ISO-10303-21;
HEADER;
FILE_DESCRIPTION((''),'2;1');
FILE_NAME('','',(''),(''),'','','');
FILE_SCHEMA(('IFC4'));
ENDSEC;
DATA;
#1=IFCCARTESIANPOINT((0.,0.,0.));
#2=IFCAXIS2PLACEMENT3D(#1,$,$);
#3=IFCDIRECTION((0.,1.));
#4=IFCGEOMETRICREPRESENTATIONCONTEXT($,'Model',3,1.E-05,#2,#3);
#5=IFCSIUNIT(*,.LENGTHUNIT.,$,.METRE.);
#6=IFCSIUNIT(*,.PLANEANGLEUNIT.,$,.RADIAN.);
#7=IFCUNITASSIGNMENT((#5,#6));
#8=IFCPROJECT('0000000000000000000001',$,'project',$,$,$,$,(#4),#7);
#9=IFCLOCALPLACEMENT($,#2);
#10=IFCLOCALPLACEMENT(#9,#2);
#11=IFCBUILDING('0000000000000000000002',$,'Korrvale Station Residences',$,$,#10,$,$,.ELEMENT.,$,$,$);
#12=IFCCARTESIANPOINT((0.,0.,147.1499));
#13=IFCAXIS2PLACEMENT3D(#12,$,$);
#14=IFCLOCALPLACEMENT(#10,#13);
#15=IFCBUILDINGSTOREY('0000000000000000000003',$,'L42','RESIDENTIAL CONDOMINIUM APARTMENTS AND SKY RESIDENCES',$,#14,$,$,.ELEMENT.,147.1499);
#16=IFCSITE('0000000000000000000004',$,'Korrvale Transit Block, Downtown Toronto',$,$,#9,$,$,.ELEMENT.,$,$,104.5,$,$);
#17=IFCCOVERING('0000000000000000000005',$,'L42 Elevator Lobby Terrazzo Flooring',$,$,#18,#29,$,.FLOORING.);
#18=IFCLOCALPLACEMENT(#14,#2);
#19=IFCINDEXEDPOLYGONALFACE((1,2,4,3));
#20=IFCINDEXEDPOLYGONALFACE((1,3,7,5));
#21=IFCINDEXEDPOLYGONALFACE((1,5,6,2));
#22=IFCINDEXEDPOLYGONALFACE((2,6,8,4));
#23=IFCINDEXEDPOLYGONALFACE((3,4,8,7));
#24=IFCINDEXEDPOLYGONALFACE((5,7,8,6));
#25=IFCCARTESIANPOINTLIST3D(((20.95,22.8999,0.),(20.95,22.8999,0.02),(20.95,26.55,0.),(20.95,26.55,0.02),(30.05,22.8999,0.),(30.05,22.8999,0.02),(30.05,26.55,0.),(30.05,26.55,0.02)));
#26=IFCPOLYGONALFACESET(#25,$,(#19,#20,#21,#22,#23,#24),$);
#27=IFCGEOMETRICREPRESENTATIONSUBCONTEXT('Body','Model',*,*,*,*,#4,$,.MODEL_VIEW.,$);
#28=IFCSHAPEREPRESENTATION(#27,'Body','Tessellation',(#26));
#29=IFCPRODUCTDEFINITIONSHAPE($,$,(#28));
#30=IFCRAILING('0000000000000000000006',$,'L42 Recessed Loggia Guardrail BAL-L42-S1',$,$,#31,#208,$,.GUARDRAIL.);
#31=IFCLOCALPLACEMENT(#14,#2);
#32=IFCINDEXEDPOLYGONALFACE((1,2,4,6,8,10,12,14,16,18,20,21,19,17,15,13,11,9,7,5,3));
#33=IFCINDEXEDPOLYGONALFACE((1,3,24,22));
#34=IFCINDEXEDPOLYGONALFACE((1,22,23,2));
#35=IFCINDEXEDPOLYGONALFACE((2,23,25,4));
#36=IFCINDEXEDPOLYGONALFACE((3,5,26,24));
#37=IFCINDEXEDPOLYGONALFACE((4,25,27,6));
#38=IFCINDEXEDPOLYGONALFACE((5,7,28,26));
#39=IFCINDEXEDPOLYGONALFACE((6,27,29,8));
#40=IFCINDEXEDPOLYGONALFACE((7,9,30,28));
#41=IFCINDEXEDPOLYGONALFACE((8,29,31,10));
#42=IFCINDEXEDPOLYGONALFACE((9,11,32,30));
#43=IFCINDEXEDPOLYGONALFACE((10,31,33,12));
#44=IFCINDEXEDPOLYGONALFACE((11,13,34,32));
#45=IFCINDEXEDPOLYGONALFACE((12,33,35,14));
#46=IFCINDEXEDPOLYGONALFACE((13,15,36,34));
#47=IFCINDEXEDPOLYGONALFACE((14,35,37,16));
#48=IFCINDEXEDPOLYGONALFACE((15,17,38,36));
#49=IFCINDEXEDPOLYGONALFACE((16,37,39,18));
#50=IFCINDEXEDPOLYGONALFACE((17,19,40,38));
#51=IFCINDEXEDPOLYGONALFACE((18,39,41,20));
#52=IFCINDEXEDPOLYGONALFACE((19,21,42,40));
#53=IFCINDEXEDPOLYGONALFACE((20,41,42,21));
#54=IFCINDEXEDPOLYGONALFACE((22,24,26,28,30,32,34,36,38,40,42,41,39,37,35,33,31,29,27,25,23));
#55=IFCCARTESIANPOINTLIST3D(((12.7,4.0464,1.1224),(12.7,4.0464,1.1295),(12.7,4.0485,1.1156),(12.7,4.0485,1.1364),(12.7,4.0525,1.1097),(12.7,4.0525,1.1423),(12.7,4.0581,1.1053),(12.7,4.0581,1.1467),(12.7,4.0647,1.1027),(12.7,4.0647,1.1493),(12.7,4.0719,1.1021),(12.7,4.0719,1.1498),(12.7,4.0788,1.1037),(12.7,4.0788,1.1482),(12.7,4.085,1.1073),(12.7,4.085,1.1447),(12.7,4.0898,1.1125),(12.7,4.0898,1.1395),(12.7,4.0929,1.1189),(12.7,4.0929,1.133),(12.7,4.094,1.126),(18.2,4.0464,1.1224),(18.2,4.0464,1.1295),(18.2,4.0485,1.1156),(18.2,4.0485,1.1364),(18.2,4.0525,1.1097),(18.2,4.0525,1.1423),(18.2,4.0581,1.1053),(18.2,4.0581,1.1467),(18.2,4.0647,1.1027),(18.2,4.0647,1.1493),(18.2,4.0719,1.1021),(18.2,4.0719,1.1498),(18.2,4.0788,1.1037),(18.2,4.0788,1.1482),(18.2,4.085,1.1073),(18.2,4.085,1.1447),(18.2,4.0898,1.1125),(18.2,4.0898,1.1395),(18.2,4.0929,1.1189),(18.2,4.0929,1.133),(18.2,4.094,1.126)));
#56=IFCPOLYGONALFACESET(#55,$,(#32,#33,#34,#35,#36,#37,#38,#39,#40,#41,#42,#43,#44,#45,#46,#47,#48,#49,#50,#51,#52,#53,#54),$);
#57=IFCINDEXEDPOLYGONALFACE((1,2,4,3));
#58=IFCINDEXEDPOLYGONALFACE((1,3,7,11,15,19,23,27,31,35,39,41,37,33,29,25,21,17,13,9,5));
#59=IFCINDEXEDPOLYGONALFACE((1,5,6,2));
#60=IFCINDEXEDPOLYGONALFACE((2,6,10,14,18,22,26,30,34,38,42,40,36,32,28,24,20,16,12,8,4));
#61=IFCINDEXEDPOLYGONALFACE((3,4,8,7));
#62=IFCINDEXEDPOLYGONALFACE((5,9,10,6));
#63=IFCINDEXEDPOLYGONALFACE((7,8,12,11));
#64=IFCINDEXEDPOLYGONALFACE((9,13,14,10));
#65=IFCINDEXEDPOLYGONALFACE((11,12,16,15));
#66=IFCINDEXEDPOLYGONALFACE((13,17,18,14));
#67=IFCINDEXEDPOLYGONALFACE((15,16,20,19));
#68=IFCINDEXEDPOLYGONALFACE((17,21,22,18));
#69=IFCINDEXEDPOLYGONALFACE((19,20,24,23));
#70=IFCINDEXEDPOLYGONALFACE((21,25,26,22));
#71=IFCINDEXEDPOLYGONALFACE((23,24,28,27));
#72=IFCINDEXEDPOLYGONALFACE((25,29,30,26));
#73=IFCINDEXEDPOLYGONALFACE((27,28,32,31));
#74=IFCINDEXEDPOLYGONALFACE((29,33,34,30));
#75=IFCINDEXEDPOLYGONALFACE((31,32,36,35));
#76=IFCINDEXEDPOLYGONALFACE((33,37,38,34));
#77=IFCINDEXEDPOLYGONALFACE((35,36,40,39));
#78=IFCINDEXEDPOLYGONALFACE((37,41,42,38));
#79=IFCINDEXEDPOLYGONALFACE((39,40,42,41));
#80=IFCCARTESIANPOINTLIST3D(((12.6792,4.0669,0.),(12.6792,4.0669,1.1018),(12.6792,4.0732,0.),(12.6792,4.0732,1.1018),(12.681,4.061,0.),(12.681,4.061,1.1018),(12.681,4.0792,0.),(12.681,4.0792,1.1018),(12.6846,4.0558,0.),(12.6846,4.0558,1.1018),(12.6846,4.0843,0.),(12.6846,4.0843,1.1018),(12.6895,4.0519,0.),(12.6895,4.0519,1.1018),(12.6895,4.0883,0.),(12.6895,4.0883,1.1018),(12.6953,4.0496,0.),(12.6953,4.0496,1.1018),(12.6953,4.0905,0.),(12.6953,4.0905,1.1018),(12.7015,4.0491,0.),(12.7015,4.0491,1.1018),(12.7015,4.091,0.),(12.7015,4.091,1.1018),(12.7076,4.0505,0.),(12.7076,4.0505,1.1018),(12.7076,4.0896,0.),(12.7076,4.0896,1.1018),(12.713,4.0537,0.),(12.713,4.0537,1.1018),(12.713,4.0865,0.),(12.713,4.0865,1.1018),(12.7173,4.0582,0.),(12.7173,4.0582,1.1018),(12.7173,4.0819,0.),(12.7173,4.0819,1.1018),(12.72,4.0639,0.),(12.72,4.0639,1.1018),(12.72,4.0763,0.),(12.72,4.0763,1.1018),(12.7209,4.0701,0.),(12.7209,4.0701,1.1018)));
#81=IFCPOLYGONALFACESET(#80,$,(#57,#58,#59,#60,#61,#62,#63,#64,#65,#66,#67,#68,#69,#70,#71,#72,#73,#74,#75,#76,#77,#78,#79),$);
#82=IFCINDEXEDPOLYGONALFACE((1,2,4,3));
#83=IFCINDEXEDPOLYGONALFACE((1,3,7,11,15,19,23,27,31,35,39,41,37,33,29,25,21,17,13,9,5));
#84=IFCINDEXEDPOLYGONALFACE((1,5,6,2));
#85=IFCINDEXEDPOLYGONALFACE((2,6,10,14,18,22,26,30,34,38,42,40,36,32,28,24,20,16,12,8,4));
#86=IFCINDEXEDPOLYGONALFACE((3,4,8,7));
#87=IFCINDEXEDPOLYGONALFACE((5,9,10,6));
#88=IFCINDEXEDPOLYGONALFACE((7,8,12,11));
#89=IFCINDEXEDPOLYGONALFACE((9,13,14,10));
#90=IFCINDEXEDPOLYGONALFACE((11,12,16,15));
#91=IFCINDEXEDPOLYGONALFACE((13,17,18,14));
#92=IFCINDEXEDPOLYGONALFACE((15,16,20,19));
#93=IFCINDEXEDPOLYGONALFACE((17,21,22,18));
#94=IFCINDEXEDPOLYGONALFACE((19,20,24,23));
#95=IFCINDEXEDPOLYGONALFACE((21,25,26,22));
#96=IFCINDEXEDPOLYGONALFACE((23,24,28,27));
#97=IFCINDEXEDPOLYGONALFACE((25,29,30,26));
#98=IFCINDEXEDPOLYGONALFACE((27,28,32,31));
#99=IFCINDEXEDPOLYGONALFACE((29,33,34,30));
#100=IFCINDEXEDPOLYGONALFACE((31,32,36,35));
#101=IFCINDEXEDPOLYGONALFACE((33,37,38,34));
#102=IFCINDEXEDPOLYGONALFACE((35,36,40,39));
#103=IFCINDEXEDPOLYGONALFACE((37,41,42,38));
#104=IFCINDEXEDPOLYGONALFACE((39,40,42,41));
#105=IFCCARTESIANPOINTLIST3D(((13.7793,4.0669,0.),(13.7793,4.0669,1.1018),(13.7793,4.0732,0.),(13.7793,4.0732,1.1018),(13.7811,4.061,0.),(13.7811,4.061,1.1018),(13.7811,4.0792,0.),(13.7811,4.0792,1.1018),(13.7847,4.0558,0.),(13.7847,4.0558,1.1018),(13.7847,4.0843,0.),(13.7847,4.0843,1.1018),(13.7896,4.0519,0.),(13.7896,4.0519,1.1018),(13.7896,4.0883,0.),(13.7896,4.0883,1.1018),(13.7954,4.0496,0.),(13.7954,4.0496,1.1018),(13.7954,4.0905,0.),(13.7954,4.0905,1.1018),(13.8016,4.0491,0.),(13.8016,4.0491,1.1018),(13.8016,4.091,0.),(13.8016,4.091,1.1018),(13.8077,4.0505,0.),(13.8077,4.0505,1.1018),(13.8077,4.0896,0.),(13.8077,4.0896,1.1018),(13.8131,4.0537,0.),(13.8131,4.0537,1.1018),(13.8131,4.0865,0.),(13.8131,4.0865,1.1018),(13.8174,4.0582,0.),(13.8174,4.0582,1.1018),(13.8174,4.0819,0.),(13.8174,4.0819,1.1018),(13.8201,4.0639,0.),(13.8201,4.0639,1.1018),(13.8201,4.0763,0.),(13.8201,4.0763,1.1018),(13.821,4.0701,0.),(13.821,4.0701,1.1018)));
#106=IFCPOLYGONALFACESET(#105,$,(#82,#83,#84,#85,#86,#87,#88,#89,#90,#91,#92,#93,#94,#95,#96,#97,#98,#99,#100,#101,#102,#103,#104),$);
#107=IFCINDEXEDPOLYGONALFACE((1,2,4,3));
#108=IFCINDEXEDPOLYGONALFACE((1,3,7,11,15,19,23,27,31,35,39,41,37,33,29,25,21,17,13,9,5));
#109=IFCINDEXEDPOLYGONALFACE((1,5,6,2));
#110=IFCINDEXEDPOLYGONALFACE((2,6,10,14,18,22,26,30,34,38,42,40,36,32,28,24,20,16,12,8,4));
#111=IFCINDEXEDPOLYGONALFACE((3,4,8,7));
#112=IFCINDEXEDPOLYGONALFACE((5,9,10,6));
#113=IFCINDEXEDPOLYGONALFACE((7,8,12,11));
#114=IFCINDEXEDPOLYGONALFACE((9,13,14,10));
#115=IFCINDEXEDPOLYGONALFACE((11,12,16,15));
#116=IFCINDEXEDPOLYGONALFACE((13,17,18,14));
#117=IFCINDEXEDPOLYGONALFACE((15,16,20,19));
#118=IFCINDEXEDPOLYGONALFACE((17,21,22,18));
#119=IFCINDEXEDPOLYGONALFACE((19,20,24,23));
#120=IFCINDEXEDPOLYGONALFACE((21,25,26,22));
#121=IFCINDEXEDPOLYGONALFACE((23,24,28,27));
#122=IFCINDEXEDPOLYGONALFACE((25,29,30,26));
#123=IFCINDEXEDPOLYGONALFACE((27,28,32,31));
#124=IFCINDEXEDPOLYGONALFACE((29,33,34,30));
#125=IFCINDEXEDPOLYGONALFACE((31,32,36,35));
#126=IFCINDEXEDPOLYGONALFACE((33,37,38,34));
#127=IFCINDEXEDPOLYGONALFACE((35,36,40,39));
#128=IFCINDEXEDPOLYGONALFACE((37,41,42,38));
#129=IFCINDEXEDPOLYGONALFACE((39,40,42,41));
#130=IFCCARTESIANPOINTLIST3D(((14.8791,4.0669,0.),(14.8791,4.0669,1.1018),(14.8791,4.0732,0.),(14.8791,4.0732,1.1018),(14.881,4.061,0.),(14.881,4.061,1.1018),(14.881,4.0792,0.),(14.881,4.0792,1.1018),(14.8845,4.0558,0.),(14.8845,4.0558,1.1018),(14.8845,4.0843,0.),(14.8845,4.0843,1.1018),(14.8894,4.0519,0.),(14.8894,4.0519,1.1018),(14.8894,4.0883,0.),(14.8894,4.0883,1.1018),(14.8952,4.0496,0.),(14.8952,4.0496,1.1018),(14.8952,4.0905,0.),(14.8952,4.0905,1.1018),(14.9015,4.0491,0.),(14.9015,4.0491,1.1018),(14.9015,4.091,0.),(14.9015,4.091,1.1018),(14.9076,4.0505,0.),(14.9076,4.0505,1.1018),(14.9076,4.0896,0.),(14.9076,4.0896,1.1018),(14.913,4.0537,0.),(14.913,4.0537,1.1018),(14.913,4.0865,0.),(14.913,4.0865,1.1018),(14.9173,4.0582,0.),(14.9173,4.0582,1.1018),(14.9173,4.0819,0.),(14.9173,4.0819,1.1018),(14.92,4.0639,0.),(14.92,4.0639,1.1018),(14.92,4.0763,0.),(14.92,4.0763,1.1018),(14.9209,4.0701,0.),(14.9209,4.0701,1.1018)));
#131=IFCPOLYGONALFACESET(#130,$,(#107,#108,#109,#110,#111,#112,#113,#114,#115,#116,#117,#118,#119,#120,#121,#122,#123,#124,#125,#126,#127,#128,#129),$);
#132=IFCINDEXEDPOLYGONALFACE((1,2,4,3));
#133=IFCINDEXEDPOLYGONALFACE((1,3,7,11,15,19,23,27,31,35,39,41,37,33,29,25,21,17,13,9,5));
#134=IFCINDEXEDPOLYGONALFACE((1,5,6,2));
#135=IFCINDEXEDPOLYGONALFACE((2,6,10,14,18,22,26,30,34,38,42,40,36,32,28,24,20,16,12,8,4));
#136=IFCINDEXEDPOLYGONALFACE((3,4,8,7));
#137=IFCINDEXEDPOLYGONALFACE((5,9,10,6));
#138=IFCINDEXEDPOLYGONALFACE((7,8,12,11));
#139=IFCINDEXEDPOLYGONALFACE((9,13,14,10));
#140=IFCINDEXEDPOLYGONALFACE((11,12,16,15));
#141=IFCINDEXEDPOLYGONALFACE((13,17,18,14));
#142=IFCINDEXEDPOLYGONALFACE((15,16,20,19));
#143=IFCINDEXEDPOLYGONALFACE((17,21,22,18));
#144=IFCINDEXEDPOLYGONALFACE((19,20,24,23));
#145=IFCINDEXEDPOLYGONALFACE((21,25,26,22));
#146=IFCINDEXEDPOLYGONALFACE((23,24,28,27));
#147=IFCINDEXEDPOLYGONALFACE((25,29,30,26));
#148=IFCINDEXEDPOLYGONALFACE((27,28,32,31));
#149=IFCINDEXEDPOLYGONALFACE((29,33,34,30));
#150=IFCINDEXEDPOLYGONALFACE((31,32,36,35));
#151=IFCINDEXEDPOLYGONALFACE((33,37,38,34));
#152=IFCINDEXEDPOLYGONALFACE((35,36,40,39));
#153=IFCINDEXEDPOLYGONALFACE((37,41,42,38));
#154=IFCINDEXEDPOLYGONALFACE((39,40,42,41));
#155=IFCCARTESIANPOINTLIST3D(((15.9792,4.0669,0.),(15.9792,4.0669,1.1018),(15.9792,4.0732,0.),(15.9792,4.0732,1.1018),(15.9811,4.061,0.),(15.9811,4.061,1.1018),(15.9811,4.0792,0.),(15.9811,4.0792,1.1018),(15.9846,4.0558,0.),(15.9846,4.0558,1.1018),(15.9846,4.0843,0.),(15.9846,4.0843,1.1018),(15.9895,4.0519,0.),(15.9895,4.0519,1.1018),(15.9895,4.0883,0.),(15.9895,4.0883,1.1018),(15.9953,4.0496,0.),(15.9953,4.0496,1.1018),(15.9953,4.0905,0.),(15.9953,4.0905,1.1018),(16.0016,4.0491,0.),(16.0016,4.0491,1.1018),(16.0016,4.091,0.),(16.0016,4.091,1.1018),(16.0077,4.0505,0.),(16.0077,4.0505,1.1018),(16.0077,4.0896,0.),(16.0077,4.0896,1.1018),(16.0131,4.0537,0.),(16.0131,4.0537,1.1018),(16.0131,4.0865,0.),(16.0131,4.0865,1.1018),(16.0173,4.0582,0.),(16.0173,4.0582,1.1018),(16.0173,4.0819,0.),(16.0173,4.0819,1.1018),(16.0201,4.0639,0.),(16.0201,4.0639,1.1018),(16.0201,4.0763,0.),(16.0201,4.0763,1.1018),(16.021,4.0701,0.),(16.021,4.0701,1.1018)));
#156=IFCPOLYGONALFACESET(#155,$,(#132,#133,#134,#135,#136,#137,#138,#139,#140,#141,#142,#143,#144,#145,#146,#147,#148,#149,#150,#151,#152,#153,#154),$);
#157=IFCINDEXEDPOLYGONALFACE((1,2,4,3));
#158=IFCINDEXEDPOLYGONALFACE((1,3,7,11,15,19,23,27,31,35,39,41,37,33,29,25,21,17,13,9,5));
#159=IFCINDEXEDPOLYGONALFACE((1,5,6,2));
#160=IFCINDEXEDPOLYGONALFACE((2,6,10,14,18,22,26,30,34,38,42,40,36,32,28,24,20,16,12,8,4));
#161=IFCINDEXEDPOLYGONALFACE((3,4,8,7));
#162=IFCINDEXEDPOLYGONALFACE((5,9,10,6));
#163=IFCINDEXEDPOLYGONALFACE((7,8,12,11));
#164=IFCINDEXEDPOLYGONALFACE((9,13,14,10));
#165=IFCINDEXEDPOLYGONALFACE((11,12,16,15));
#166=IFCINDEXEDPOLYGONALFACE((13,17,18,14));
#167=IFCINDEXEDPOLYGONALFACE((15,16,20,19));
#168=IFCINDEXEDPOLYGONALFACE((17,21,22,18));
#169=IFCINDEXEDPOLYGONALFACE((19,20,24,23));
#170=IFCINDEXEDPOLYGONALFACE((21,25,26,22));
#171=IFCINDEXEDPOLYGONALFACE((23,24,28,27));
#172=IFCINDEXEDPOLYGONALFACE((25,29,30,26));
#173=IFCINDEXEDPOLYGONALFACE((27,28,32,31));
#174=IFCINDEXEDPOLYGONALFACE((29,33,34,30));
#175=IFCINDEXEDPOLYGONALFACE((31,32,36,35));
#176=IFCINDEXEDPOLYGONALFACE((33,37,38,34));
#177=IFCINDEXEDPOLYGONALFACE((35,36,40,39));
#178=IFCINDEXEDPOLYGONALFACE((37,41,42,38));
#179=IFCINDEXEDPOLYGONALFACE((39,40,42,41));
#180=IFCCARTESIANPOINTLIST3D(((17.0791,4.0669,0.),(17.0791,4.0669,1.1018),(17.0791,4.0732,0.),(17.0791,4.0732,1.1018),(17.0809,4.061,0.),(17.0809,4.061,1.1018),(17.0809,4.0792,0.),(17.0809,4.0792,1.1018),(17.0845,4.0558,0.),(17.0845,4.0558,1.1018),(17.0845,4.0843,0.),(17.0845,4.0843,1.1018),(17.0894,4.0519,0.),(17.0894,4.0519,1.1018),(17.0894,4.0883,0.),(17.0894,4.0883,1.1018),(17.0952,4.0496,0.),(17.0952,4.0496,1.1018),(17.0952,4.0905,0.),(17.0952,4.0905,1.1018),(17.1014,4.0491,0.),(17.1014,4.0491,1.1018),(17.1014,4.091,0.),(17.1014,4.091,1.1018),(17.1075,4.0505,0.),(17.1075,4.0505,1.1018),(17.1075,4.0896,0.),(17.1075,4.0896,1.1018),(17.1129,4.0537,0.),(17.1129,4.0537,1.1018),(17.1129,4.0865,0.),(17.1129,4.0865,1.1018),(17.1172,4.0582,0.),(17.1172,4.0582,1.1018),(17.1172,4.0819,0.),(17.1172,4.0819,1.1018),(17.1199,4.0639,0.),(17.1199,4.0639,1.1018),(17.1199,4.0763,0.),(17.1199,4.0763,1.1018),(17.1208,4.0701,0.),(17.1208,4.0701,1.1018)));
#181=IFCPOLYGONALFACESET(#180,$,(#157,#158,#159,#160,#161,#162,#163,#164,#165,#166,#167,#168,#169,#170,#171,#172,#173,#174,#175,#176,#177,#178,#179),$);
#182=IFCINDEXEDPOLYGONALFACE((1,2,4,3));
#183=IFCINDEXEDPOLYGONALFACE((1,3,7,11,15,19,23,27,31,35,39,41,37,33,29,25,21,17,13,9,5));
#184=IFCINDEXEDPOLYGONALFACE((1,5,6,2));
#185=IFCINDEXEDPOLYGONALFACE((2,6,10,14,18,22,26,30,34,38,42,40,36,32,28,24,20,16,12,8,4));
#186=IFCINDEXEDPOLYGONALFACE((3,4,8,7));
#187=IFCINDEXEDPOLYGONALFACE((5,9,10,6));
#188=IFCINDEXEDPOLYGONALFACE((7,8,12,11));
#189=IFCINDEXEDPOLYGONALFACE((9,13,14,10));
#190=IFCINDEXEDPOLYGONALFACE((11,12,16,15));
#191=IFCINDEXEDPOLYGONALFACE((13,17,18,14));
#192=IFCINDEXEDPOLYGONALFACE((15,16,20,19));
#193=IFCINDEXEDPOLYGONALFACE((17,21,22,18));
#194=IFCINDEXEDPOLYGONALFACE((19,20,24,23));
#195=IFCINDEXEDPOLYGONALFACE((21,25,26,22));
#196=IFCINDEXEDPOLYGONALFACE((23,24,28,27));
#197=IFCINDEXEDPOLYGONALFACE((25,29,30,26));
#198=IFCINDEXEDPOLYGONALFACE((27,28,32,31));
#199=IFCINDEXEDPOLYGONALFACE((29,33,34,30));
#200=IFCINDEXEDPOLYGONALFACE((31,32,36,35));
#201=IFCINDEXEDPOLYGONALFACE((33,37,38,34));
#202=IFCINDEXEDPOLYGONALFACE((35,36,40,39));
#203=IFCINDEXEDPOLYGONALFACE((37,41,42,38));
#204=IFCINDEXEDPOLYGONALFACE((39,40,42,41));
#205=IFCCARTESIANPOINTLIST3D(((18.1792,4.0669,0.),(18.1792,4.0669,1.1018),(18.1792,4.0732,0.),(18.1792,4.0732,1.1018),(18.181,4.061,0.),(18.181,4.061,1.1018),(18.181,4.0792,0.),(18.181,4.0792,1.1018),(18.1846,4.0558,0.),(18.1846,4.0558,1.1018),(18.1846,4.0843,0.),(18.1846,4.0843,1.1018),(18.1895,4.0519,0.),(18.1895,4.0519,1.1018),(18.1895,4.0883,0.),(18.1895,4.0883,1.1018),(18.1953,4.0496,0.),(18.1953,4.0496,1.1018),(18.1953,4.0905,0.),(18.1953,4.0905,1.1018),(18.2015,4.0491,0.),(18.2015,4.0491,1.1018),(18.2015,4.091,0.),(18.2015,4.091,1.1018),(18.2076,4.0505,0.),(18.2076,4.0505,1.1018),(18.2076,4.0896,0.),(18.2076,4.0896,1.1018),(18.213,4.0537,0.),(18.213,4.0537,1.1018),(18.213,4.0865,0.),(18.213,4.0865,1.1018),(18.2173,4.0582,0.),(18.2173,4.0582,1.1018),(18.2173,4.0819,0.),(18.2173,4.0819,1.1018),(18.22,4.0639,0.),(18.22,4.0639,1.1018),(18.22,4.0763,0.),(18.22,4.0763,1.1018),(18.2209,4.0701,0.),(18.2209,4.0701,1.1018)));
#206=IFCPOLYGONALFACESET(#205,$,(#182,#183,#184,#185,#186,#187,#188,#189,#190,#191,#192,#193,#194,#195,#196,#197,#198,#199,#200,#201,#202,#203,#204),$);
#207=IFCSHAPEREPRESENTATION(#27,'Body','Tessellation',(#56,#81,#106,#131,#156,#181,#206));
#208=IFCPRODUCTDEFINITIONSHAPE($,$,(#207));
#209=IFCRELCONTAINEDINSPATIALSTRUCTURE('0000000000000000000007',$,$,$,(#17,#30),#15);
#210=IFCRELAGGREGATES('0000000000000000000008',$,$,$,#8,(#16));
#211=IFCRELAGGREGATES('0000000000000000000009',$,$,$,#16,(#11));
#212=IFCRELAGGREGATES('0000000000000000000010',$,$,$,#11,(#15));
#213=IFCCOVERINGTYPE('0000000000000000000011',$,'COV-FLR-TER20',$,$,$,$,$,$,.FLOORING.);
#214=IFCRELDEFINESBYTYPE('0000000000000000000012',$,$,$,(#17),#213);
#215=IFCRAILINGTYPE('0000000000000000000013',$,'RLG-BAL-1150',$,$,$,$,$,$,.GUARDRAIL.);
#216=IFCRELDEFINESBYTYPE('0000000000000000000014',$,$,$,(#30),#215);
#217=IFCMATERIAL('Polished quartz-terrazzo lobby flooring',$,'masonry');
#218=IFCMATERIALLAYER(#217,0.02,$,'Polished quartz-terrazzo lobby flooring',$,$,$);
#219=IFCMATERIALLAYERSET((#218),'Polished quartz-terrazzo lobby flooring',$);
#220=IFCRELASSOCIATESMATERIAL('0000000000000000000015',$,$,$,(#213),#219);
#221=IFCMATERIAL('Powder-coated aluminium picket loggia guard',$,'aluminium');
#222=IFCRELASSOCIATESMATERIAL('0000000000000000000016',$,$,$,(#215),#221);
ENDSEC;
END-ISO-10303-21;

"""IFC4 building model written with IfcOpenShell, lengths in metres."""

from ifc_helpers import new_model, si_unit, direction, frame, origin, origin_2d, place, context, subcontext, project, spatial, polyline, circle, outline, extrude, material, layer, layer_set, type_object, element, save


model = new_model("IFC4")

# Units and contexts
model_context = context("Model", 3, precision=1e-05, world=origin(), true_north=direction((0.0, 1.0)))
body_context = subcontext(model_context, "Body", "Model", "MODEL_VIEW")
ifc_project = project(units=[si_unit("LENGTHUNIT", "METRE"), si_unit("PLANEANGLEUNIT", "RADIAN")], contexts=[model_context])

# Site, building, storey
site_placement = place(None, origin())
site = spatial("IfcSite", under=ifc_project, at=site_placement, Name="Korrvale Transit Block, Downtown Toronto", CompositionType="ELEMENT", RefElevation=104.5)
building_placement = place(site_placement, origin())
building = spatial("IfcBuilding", under=site, at=building_placement, Name="Korrvale Station Residences", CompositionType="ELEMENT")
storey_placement = place(building_placement, frame((0.0, 0.0, 147.1499)))
storey = spatial("IfcBuildingStorey", under=building, at=storey_placement, Name="L42", Description="RESIDENTIAL CONDOMINIUM APARTMENTS AND SKY RESIDENCES", CompositionType="ELEMENT", Elevation=147.1499)

# Covering
ifc_material_1 = material(Name="Polished quartz-terrazzo lobby flooring", Category="masonry")
ifc_layer_1 = layer(ifc_material_1, 0.02, Name="Polished quartz-terrazzo lobby flooring")
ifc_layer_set_1 = layer_set([ifc_layer_1], Name="Polished quartz-terrazzo lobby flooring")
covering_type_1 = type_object("IfcCoveringType", Name="COV-FLR-TER20", PredefinedType="FLOORING", material=ifc_layer_set_1)
covering_1_placement = place(storey_placement, origin())
element("IfcCovering", 1, at=covering_1_placement, inside=storey, type_object=covering_type_1, Name="L42 Elevator Lobby Terrazzo Flooring", PredefinedType="FLOORING", context=body_context, shape_type="SweptSolid", body=[
    extrude(outline(polyline([(20.95, 22.8999), (30.05, 22.8999), (30.05, 26.55), (20.95, 26.55), (20.95, 22.8999)])), origin(), (0.0, 0.0, 1.0), 0.02),
])

# Railing
ifc_material_2 = material(Name="Powder-coated aluminium picket loggia guard", Category="aluminium")
railing_type = type_object("IfcRailingType", Name="RLG-BAL-1150", PredefinedType="GUARDRAIL", material=ifc_material_2)
railing_placement = place(storey_placement, frame((12.7, 4.0701, 0.0)))
element("IfcRailing", 2, at=railing_placement, inside=storey, type_object=railing_type, Name="L42 Recessed Loggia Guardrail BAL-L42-S1", PredefinedType="GUARDRAIL", context=body_context, shape_type="SweptSolid", body=[
    extrude(circle(Radius=0.0239, at=origin_2d()), frame((0.0, 0.0, 1.126), z_axis=(1.0, 0.0, 0.0), x_axis=(0.0, 1.0, 0.0)), (0.0, 0.0, 1.0), 5.5),
    extrude(circle(Radius=0.021, at=origin_2d()), origin(), (0.0, 0.0, 1.0), 1.1018),
    extrude(circle(Radius=0.021, at=origin_2d()), frame((1.1001, 0.0, 0.0)), (0.0, 0.0, 1.0), 1.1018),
    extrude(circle(Radius=0.021, at=origin_2d()), frame((2.2, 0.0, 0.0)), (0.0, 0.0, 1.0), 1.1018),
    extrude(circle(Radius=0.021, at=origin_2d()), frame((3.3, 0.0, 0.0)), (0.0, 0.0, 1.0), 1.1018),
    extrude(circle(Radius=0.021, at=origin_2d()), frame((4.3999, 0.0, 0.0)), (0.0, 0.0, 1.0), 1.1018),
    extrude(circle(Radius=0.021, at=origin_2d()), frame((5.5, 0.0, 0.0)), (0.0, 0.0, 1.0), 1.1018),
])

save(model, "model.ifc")
